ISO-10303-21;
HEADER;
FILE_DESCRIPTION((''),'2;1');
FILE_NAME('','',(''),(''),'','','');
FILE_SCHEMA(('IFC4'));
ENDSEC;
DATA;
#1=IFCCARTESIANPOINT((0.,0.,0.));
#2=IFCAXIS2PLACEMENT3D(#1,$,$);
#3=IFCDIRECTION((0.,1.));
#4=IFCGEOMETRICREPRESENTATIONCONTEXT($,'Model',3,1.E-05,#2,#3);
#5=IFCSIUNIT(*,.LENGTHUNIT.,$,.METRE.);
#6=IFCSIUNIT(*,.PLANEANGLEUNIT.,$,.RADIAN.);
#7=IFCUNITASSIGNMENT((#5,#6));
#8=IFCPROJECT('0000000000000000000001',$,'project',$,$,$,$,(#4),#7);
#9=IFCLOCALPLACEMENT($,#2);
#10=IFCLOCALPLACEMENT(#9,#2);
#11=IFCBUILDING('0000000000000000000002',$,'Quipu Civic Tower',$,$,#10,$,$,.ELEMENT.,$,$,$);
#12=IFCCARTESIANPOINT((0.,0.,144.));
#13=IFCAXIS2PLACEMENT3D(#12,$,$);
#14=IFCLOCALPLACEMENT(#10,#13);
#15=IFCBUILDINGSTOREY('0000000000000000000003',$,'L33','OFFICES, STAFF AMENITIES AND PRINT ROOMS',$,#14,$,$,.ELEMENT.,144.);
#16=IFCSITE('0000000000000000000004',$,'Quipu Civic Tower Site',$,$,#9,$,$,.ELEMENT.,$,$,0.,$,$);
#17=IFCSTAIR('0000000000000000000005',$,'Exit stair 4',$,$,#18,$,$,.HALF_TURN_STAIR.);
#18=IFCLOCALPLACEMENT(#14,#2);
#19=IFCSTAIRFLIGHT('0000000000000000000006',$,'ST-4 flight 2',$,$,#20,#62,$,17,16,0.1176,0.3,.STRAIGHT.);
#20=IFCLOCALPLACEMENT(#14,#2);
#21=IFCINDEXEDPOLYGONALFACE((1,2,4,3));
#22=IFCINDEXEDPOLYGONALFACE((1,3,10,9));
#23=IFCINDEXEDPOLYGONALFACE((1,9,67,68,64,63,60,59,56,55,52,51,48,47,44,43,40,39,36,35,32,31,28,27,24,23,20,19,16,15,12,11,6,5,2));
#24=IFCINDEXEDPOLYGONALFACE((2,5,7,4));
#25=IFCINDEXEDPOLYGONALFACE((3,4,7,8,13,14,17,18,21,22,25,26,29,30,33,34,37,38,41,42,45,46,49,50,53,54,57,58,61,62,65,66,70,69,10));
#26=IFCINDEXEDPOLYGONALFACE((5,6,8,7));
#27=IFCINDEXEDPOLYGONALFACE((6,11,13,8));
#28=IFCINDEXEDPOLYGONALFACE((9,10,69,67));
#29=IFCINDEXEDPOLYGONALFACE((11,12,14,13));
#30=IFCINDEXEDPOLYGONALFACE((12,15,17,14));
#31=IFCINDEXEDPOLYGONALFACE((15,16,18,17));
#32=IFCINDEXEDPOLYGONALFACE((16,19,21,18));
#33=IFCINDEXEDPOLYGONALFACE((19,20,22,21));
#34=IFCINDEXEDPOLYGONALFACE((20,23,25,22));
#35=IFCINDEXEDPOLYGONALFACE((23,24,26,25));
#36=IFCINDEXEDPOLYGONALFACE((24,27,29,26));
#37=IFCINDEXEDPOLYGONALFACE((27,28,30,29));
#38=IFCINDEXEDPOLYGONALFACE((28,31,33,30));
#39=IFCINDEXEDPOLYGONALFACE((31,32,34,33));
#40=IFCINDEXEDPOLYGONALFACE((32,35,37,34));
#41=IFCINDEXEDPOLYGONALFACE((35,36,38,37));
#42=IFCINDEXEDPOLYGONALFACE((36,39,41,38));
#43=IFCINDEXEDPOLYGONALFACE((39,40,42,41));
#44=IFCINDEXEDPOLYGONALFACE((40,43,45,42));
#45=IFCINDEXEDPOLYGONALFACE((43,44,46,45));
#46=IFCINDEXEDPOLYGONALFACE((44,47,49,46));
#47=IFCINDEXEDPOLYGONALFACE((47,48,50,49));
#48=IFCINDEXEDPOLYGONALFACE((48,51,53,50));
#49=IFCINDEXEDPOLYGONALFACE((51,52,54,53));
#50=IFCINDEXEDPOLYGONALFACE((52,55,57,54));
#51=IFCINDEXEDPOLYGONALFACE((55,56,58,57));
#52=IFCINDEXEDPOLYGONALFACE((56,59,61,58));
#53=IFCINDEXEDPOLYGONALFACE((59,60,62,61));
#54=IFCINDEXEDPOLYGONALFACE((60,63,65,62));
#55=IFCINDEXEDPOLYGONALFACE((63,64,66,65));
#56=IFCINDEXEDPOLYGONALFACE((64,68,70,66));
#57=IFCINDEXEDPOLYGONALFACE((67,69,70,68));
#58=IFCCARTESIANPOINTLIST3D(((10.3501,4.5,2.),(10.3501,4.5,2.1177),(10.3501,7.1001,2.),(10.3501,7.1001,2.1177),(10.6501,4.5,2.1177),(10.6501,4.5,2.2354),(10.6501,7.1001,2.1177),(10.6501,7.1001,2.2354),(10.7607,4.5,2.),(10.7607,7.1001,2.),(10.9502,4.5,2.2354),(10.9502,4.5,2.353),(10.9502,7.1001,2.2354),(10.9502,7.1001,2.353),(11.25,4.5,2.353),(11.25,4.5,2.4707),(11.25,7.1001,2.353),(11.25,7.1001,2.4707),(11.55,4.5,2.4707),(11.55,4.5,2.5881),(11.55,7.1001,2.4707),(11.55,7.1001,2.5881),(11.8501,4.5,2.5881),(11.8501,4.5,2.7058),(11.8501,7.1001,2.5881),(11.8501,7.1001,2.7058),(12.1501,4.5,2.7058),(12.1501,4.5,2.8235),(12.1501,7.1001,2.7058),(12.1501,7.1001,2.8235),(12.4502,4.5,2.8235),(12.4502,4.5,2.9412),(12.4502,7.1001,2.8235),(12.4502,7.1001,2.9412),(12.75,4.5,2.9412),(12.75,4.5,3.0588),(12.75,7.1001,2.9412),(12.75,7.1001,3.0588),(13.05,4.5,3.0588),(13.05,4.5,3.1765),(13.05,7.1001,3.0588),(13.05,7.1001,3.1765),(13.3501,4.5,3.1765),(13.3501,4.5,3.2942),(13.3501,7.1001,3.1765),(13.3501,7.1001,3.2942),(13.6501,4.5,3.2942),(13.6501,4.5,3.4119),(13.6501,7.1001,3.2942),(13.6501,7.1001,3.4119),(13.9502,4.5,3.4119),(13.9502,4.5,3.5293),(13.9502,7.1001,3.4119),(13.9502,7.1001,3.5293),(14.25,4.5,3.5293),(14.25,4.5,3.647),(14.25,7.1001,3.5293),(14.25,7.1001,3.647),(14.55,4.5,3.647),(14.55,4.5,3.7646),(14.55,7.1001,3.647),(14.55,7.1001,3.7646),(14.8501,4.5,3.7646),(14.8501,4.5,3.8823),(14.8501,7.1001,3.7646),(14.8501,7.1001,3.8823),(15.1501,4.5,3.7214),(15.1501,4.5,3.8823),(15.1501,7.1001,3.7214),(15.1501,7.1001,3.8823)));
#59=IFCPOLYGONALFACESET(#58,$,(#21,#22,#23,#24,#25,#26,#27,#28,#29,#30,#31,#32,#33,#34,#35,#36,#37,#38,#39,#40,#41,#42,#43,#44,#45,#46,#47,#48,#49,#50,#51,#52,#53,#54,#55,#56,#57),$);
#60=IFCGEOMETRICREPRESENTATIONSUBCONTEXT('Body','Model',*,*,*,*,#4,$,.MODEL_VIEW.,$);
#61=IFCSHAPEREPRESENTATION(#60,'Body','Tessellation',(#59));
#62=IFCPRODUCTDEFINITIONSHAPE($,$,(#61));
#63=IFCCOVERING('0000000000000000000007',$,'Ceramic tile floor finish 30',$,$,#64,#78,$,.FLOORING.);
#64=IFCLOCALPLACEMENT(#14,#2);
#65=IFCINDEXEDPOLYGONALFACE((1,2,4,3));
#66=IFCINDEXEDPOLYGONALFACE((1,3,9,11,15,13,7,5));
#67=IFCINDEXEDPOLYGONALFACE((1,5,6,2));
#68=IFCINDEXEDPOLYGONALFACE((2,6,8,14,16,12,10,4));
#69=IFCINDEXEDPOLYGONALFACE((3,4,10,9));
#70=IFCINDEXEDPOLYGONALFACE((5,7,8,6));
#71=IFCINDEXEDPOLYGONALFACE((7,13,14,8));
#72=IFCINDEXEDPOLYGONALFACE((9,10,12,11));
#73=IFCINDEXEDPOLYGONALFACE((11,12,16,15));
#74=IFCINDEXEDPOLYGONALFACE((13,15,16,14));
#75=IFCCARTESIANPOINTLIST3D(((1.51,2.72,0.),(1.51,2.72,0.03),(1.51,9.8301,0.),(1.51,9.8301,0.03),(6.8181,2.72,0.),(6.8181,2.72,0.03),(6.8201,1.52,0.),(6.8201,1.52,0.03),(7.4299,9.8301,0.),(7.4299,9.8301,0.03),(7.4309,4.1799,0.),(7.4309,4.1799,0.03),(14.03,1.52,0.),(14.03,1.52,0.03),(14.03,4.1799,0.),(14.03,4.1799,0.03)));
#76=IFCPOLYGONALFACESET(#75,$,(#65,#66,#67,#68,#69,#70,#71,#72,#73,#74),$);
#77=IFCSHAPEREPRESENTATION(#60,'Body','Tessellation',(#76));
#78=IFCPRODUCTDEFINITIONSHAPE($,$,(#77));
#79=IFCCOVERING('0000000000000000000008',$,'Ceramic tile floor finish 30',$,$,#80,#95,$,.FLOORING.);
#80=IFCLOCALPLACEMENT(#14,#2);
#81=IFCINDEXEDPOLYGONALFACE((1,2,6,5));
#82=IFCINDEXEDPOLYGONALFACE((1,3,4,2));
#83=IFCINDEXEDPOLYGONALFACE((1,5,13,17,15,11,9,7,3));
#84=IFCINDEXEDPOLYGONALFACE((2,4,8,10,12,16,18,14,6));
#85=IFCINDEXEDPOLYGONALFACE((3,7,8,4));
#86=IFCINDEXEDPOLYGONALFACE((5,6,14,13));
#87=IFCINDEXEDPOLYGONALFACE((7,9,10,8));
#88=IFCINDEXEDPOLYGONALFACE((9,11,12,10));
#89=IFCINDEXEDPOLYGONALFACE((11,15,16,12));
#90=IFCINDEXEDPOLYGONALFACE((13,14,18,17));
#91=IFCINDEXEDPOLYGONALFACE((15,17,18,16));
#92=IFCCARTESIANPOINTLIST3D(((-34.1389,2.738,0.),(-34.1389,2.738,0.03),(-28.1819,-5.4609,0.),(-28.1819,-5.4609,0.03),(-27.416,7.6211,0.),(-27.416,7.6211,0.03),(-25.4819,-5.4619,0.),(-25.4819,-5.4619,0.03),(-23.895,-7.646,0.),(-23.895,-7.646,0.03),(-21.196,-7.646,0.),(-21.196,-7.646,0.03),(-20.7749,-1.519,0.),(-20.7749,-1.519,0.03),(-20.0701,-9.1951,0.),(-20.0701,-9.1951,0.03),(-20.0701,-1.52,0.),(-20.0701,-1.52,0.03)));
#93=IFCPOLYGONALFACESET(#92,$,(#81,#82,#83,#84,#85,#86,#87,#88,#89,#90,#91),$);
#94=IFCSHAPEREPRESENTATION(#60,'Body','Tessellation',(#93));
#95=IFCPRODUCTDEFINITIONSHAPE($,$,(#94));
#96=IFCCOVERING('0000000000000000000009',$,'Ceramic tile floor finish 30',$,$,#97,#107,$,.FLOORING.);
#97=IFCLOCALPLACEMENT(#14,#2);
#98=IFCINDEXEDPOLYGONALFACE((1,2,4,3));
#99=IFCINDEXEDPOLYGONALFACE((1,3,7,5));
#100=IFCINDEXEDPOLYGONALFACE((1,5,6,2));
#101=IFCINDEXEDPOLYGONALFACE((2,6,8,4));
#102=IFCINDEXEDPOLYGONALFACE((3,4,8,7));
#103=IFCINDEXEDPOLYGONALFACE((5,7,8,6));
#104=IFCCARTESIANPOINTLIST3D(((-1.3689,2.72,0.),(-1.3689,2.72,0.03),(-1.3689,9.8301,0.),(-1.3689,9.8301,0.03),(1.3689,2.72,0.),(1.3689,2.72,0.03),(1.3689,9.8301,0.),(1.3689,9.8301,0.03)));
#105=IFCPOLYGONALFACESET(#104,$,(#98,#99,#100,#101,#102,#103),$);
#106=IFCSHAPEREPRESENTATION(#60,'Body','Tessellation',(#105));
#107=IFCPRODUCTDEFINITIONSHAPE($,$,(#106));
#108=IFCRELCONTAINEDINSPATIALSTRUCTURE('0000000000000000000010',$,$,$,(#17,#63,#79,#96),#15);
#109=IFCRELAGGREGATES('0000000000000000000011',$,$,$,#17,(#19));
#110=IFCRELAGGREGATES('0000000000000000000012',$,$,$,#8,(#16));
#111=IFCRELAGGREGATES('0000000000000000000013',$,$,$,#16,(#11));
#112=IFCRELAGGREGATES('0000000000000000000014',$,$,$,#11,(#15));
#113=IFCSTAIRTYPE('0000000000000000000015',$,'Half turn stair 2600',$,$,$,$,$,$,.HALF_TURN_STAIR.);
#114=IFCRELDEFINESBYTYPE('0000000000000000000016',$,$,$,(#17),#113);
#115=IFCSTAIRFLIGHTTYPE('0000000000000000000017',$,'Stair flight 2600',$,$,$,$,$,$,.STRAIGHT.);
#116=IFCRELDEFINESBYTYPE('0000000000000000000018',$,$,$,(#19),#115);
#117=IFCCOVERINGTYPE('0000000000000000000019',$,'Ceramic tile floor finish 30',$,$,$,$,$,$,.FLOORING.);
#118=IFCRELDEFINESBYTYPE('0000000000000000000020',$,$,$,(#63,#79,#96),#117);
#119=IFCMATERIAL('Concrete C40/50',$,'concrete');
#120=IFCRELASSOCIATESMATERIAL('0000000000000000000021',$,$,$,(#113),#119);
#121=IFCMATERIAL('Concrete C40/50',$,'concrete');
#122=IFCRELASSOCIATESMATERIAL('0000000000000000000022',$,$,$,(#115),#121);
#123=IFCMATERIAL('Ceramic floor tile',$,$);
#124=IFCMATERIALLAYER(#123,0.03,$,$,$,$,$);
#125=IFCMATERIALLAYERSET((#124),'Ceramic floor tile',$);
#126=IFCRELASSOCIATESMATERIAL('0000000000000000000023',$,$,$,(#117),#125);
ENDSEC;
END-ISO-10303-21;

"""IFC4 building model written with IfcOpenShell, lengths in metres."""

from ifc_helpers import new_model, si_unit, direction, frame, origin, place, context, subcontext, project, spatial, polyline, outline, extrude, material, layer, layer_set, type_object, element, aggregate, save


model = new_model("IFC4")

# Units and contexts
model_context = context("Model", 3, precision=1e-05, world=origin(), true_north=direction((0.0, 1.0)))
body_context = subcontext(model_context, "Body", "Model", "MODEL_VIEW")
ifc_project = project(units=[si_unit("LENGTHUNIT", "METRE"), si_unit("PLANEANGLEUNIT", "RADIAN")], contexts=[model_context])

# Site, building, storey
site_placement = place(None, origin())
site = spatial("IfcSite", under=ifc_project, at=site_placement, Name="Quipu Civic Tower Site", CompositionType="ELEMENT", RefElevation=0.0)
building_placement = place(site_placement, origin())
building = spatial("IfcBuilding", under=site, at=building_placement, Name="Quipu Civic Tower", CompositionType="ELEMENT")
storey_placement = place(building_placement, frame((0.0, 0.0, 144.0)))
storey = spatial("IfcBuildingStorey", under=building, at=storey_placement, Name="L33", Description="OFFICES, STAFF AMENITIES AND PRINT ROOMS", CompositionType="ELEMENT", Elevation=144.0)

# Stair, stair flight
ifc_material_1 = material(Name="Concrete C40/50", Category="concrete")
stair_type = type_object("IfcStairType", Name="Half turn stair 2600", PredefinedType="HALF_TURN_STAIR", material=ifc_material_1)
stair_placement = place(storey_placement, origin())
stair = element("IfcStair", 1, at=stair_placement, inside=storey, type_object=stair_type, Name="Exit stair 4", PredefinedType="HALF_TURN_STAIR")
ifc_material_2 = material(Name="Concrete C40/50", Category="concrete")
stair_flight_type = type_object("IfcStairFlightType", Name="Stair flight 2600", PredefinedType="STRAIGHT", material=ifc_material_2)
stair_flight_1_placement = place(storey_placement, frame((10.3501, 5.8, 2.0), z_axis=(0.0, 0.0, 1.0), x_axis=(1.0, 0.0, 0.0)))
stair_flight_1 = element("IfcStairFlight", 2, at=stair_flight_1_placement, type_object=stair_flight_type, Name="ST-4 flight 2", NumberOfRisers=17, NumberOfTreads=16, PredefinedType="STRAIGHT", RiserHeight=0.1176, TreadLength=0.3, context=body_context, shape_type="SweptSolid", body=[
    extrude(outline(polyline([(0.0, 0.0), (0.0, 0.1177), (0.3, 0.1177), (0.3, 0.2354), (0.6001, 0.2354), (0.6001, 0.353), (0.8999, 0.353), (0.8999, 0.4707), (1.2, 0.4707), (1.2, 0.5881), (1.5, 0.5881), (1.5, 0.7058), (1.8, 0.7058), (1.8, 0.8235), (2.1001, 0.8235), (2.1001, 0.9412), (2.3999, 0.9412), (2.3999, 1.0588), (2.7, 1.0588), (2.7, 1.1765), (3.0, 1.1765), (3.0, 1.2942), (3.3, 1.2942), (3.3, 1.4119), (3.6001, 1.4119), (3.6001, 1.5293), (3.8999, 1.5293), (3.8999, 1.647), (4.2, 1.647), (4.2, 1.7646), (4.5, 1.7646), (4.5, 1.8823), (4.8, 1.8823), (4.8, 2.0), (4.8, 1.7214), (0.4106, 0.0), (0.0, 0.0)])), frame((0.0, 1.3, 0.0), z_axis=(0.0, -1.0, 0.0), x_axis=(1.0, 0.0, 0.0)), (0.0, 0.0, 1.0), 2.6001),
])
aggregate(stair, [stair_flight_1])

# Coverings
ifc_material_3 = material(Name="Ceramic floor tile")
ifc_layer_1 = layer(ifc_material_3, 0.03)
ifc_layer_set_1 = layer_set([ifc_layer_1], Name="Ceramic floor tile")
covering_type = type_object("IfcCoveringType", Name="Ceramic tile floor finish 30", PredefinedType="FLOORING", material=ifc_layer_set_1)
covering_1_placement = place(storey_placement, origin())
element("IfcCovering", 3, at=covering_1_placement, inside=storey, type_object=covering_type, Name="Ceramic tile floor finish 30", PredefinedType="FLOORING", context=body_context, shape_type="SweptSolid", body=[
    extrude(outline(polyline([(1.51, 2.72), (1.51, 9.8301), (7.4299, 9.8301), (7.4309, 4.1799), (14.03, 4.1799), (14.03, 1.52), (6.8201, 1.52), (6.8181, 2.72), (1.51, 2.72)])), origin(), (0.0, 0.0, 1.0), 0.03),
])
covering_2_placement = place(storey_placement, origin())
element("IfcCovering", 4, at=covering_2_placement, inside=storey, type_object=covering_type, Name="Ceramic tile floor finish 30", PredefinedType="FLOORING", context=body_context, shape_type="SweptSolid", body=[
    extrude(outline(polyline([(-34.1389, 2.738), (-27.416, 7.6211), (-20.7749, -1.519), (-20.0701, -1.52), (-20.0701, -9.1951), (-21.196, -7.646), (-23.895, -7.646), (-25.4819, -5.4619), (-28.1819, -5.4609), (-34.1389, 2.738)])), origin(), (0.0, 0.0, 1.0), 0.03),
])
covering_3_placement = place(storey_placement, origin())
element("IfcCovering", 5, at=covering_3_placement, inside=storey, type_object=covering_type, Name="Ceramic tile floor finish 30", PredefinedType="FLOORING", context=body_context, shape_type="SweptSolid", body=[
    extrude(outline(polyline([(-1.3689, 2.72), (-1.3689, 9.8301), (1.3689, 9.8301), (1.3689, 2.72), (-1.3689, 2.72)])), origin(), (0.0, 0.0, 1.0), 0.03),
])

save(model, "model.ifc")
